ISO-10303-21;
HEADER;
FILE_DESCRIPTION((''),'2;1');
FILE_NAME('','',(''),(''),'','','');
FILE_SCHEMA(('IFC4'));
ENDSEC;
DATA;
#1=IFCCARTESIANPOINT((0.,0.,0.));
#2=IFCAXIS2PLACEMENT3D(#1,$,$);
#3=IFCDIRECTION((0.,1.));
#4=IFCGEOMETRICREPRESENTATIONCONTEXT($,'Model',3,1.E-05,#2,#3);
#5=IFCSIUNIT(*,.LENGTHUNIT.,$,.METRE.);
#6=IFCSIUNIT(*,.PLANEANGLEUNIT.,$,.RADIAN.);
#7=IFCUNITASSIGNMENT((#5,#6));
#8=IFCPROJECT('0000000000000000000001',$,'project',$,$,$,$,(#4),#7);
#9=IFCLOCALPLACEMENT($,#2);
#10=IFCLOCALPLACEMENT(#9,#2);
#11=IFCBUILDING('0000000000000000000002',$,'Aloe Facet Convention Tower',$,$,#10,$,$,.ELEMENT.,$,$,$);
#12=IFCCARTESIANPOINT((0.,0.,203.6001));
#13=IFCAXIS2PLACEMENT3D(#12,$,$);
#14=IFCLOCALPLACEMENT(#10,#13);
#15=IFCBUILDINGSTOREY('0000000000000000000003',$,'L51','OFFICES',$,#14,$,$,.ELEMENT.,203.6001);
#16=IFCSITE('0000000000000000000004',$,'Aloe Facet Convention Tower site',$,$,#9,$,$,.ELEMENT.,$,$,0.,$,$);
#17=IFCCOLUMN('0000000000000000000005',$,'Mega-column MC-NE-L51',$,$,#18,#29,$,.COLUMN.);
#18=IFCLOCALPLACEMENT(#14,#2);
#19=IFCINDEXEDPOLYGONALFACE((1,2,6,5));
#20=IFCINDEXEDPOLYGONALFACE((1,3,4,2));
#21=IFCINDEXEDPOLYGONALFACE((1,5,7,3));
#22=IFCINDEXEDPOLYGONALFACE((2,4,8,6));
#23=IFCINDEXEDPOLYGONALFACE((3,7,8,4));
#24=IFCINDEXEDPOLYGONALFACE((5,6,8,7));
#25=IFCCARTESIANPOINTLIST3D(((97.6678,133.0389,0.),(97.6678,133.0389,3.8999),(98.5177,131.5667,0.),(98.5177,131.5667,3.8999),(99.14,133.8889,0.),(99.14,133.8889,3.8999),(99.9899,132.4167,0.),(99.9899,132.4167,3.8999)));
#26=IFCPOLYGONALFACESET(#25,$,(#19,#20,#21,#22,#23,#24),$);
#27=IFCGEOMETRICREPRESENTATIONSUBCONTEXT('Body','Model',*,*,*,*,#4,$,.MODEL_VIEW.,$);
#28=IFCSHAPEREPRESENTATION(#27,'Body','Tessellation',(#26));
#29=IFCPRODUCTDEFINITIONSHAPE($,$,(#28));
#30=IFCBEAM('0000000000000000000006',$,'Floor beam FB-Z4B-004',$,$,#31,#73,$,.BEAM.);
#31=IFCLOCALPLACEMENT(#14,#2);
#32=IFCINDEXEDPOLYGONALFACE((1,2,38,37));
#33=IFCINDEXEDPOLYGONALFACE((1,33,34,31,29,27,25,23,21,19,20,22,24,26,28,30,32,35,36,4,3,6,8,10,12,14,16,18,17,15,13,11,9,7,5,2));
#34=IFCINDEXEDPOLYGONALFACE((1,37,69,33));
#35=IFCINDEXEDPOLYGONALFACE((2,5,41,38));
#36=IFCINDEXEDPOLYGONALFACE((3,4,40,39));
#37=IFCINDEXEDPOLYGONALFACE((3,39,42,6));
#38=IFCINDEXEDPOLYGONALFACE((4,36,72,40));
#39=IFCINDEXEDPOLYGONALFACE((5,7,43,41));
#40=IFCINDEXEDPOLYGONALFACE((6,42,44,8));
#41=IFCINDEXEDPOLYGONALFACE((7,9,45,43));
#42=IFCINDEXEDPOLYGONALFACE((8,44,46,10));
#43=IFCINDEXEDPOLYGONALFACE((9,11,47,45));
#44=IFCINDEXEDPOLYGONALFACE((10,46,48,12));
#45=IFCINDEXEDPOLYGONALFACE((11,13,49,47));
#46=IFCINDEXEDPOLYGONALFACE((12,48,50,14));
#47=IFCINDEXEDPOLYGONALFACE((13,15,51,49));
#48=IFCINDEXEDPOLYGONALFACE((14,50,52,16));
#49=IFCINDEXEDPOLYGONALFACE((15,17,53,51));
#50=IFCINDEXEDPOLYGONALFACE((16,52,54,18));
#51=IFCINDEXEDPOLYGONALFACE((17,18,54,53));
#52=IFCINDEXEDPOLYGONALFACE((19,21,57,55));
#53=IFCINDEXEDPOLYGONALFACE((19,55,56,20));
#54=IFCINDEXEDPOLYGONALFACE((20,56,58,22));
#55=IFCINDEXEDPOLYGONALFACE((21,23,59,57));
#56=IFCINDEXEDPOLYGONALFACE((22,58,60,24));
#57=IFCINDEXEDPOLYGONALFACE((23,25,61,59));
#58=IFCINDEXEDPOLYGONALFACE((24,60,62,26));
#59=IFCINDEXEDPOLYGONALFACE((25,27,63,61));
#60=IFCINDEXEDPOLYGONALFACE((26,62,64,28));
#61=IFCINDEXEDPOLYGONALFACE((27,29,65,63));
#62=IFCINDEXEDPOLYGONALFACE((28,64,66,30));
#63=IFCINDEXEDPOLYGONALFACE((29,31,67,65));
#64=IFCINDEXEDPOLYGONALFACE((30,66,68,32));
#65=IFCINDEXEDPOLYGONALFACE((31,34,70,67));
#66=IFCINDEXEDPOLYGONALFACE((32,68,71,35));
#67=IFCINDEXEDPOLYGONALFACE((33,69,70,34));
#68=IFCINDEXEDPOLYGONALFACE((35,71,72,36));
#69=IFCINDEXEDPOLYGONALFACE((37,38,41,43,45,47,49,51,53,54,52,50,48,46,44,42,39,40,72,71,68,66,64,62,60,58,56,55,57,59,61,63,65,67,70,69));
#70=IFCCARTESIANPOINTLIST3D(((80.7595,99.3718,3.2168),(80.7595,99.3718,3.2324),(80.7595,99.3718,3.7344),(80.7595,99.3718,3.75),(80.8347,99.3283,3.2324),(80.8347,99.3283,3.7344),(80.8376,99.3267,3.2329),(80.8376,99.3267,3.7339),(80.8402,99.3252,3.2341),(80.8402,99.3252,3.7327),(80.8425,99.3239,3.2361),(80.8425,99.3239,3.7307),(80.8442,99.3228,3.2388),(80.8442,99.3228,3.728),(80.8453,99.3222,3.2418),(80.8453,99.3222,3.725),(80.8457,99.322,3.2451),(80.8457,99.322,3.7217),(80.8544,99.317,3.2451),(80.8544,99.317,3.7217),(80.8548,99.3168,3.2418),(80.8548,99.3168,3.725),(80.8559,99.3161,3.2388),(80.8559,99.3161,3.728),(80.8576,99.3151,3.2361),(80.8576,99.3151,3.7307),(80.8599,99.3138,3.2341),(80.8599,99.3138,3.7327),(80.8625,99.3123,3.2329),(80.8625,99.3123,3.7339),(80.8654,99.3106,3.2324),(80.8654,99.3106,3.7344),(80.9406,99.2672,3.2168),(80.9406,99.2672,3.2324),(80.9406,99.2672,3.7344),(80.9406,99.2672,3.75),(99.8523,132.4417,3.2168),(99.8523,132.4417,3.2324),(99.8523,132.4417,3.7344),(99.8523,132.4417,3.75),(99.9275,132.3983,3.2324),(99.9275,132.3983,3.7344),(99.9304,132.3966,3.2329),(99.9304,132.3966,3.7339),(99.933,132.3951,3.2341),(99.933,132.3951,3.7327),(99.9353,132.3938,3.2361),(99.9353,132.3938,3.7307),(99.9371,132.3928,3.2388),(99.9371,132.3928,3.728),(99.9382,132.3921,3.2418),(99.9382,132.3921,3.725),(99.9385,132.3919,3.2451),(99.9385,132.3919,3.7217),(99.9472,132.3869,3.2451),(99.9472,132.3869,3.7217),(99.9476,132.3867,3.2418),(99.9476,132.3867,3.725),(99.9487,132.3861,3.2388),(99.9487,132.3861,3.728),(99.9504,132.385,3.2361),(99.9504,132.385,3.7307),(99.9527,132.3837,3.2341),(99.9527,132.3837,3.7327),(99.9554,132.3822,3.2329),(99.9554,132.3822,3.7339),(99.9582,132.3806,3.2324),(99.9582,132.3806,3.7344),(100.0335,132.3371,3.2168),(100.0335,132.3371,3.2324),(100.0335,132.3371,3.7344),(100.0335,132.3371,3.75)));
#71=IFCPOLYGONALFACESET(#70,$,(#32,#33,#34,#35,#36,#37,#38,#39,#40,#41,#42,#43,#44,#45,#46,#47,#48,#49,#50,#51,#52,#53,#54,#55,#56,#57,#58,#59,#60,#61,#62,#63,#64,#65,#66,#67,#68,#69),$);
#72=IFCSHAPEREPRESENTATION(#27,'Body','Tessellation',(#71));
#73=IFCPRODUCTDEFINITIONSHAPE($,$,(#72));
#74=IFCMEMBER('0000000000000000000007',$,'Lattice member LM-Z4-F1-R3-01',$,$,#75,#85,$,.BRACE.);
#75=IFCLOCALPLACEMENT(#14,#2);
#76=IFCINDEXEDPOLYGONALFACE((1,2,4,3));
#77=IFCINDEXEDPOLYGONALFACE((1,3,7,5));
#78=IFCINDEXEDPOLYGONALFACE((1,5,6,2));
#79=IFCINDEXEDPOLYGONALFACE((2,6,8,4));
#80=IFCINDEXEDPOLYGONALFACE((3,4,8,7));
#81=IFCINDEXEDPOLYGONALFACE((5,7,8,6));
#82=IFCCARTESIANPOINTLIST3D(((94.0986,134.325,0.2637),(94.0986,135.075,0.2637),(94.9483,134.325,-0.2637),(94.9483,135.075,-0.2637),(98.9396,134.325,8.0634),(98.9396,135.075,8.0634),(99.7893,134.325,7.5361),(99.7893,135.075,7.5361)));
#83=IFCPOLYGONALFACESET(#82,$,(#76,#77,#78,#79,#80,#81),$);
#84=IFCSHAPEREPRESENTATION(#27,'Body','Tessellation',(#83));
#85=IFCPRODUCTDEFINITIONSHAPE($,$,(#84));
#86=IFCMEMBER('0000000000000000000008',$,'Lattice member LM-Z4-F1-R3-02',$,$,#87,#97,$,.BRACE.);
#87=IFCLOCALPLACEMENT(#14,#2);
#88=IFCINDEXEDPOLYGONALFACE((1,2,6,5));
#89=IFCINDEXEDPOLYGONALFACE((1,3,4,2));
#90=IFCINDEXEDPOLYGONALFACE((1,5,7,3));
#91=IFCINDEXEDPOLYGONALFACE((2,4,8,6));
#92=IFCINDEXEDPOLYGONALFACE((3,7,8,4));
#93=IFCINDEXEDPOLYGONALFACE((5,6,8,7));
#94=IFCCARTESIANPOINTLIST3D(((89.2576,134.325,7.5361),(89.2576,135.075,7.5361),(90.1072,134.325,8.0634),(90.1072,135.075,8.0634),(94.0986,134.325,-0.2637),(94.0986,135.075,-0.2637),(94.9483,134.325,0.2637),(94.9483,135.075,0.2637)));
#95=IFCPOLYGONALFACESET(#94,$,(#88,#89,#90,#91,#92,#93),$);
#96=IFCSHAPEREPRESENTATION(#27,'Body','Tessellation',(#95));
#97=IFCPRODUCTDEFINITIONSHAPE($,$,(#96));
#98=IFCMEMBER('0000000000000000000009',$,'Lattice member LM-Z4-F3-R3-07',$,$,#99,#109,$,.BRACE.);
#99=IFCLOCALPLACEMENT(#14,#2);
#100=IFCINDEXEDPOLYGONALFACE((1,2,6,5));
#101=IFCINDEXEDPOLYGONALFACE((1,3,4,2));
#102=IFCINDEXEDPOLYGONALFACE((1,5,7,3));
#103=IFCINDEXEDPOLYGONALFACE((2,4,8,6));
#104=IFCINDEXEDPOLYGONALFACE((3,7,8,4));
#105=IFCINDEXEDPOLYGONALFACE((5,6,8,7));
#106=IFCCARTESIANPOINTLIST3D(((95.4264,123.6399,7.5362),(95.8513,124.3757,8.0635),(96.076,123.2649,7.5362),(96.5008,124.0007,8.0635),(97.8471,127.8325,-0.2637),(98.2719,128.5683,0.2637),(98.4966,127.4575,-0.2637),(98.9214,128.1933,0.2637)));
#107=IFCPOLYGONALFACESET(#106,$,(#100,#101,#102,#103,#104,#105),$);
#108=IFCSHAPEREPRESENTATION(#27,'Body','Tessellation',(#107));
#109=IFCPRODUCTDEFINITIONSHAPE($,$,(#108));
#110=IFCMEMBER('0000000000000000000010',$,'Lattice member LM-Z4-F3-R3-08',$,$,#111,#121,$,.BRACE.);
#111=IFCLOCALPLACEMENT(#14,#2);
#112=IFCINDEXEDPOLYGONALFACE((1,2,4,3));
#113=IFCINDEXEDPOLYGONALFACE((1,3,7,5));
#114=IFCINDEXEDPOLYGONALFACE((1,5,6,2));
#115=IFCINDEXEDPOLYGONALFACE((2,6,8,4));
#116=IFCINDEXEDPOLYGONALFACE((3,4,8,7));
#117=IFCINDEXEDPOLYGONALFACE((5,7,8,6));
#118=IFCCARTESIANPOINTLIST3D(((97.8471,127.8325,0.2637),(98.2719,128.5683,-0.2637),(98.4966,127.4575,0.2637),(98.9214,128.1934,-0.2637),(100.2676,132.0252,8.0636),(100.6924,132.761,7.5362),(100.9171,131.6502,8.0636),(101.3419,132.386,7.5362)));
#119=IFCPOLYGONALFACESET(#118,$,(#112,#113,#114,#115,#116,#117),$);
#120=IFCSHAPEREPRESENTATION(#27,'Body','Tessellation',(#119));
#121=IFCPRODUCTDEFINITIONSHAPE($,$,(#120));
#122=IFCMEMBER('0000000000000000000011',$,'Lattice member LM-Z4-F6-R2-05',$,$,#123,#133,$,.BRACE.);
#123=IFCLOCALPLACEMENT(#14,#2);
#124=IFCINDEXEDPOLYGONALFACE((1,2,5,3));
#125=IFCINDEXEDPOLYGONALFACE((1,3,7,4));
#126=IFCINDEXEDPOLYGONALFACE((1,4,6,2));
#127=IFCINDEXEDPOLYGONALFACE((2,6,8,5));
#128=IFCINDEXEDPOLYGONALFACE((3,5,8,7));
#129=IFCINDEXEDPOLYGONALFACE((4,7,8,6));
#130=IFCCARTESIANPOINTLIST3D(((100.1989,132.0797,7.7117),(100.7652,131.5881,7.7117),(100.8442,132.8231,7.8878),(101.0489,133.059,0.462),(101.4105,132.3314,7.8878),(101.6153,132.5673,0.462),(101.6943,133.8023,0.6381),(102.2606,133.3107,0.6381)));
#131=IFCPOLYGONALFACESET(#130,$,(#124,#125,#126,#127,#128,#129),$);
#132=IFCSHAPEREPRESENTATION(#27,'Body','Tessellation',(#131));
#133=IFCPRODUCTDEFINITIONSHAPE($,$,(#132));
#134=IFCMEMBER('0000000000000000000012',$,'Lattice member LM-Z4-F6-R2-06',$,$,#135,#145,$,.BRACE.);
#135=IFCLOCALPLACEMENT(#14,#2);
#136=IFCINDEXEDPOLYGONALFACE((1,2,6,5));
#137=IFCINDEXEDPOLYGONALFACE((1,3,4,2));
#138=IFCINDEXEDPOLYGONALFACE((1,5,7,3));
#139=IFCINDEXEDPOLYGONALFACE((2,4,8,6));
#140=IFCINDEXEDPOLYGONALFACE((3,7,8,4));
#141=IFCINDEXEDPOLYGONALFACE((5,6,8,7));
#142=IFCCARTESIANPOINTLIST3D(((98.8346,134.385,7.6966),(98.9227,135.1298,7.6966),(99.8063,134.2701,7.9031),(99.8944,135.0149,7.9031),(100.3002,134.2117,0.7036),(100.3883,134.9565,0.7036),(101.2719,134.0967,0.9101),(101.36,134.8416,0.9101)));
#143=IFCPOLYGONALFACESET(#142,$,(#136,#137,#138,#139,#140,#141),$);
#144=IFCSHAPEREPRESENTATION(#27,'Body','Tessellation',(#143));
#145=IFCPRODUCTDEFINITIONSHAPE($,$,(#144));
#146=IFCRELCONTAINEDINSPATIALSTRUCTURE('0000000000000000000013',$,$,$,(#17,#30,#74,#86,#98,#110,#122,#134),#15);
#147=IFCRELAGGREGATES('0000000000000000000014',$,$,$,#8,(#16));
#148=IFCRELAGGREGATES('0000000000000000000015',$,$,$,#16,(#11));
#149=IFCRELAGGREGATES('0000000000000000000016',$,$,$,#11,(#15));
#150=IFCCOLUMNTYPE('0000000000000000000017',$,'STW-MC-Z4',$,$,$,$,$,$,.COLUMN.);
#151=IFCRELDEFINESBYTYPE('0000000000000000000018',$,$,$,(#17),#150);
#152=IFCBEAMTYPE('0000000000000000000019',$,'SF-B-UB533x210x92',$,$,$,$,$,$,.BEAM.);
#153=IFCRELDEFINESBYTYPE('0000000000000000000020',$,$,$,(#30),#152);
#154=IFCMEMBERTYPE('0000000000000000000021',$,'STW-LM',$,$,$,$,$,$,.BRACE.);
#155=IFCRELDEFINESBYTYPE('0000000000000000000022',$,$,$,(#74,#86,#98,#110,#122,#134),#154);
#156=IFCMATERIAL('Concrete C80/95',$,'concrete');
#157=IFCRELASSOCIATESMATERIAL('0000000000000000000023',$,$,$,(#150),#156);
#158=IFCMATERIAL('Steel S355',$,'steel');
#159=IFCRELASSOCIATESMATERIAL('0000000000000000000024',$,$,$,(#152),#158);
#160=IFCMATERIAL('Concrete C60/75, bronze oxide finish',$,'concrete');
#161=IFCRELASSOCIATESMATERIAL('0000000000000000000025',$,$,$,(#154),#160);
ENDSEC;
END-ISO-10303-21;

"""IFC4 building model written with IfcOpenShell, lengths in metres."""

from ifc_helpers import new_model, si_unit, direction, frame, origin, origin_2d, place, context, subcontext, project, spatial, rectangle, i_section, extrude, material, material_profile, profile_set, type_object, element, save


model = new_model("IFC4")

# Units and contexts
model_context = context("Model", 3, precision=1e-05, world=origin(), true_north=direction((0.0, 1.0)))
body_context = subcontext(model_context, "Body", "Model", "MODEL_VIEW")
ifc_project = project(units=[si_unit("LENGTHUNIT", "METRE"), si_unit("PLANEANGLEUNIT", "RADIAN")], contexts=[model_context])

# Site, building, storey
site_placement = place(None, origin())
site = spatial("IfcSite", under=ifc_project, at=site_placement, Name="Aloe Facet Convention Tower site", CompositionType="ELEMENT", RefElevation=0.0)
building_placement = place(site_placement, origin())
building = spatial("IfcBuilding", under=site, at=building_placement, Name="Aloe Facet Convention Tower", CompositionType="ELEMENT")
storey_placement = place(building_placement, frame((0.0, 0.0, 203.6001)))
storey = spatial("IfcBuildingStorey", under=building, at=storey_placement, Name="L51", Description="OFFICES", CompositionType="ELEMENT", Elevation=203.6001)

# Column
ifc_material_1 = material(Name="Concrete C80/95", Category="concrete")
ifc_material_profile_1 = material_profile(ifc_material_1, rectangle(XDim=1.7, YDim=1.7, at=origin_2d()), Name="STW-MC-Z4")
ifc_profile_set_1 = profile_set([ifc_material_profile_1], Name="Concrete C80/95")
column_type = type_object("IfcColumnType", Name="STW-MC-Z4", PredefinedType="COLUMN", material=ifc_profile_set_1)
column_placement = place(storey_placement, frame((98.8289, 132.7278, 0.0), z_axis=(0.0, 0.0, 1.0), x_axis=(-0.5, 0.866025, 0.0)))
element("IfcColumn", 1, at=column_placement, inside=storey, type_object=column_type, Name="Mega-column MC-NE-L51", PredefinedType="COLUMN", context=body_context, shape_type="SweptSolid", body=[
    extrude(rectangle(XDim=1.7, YDim=1.7, at=origin_2d()), origin(), (0.0, 0.0, 1.0), 3.8999),
])

# Beam
ifc_material_2 = material(Name="Steel S355", Category="steel")
ifc_material_profile_2 = material_profile(ifc_material_2, i_section(OverallWidth=0.2092, OverallDepth=0.5332, WebThickness=0.01, FlangeThickness=0.0156, FilletRadius=0.0127, at=origin_2d()), Name="UB 533x210x92")
ifc_profile_set_2 = profile_set([ifc_material_profile_2], Name="Steel S355")
beam_type = type_object("IfcBeamType", Name="SF-B-UB533x210x92", PredefinedType="BEAM", material=ifc_profile_set_2)
beam_placement = place(storey_placement, frame((99.9429, 132.3894, 3.4834), z_axis=(-0.499998, -0.866027, 0.0), x_axis=(0.866027, -0.499998, 0.0)))
element("IfcBeam", 2, at=beam_placement, inside=storey, type_object=beam_type, Name="Floor beam FB-Z4B-004", PredefinedType="BEAM", context=body_context, shape_type="SweptSolid", body=[
    extrude(i_section(OverallWidth=0.2092, OverallDepth=0.5332, WebThickness=0.01, FlangeThickness=0.0156, FilletRadius=0.0127, at=origin_2d()), origin(), (0.0, 0.0, 1.0), 38.1858),
])

# Members
ifc_material_3 = material(Name="Concrete C60/75, bronze oxide finish", Category="concrete")
ifc_material_profile_3 = material_profile(ifc_material_3, rectangle(XDim=0.75, YDim=1.0, at=origin_2d()), Name="STW-LM")
ifc_profile_set_3 = profile_set([ifc_material_profile_3], Name="Concrete C60/75, bronze oxide finish")
member_type = type_object("IfcMemberType", Name="STW-LM", PredefinedType="BRACE", material=ifc_profile_set_3)
for number, where, z_axis, x_axis, name in (
    (3, (94.5234, 134.7, 0.0), (0.527348, 0.0, 0.84965), (0.0, 1.0, 0.0), "Lattice member LM-Z4-F1-R3-01"),
    (4, (94.5234, 134.7, 0.0), (-0.527348, 0.0, 0.84965), (0.0, -1.0, 0.0), "Lattice member LM-Z4-F1-R3-02"),
):
    element("IfcMember", number, at=place(storey_placement, frame(where, z_axis=z_axis, x_axis=x_axis)), inside=storey, type_object=member_type, Name=name, PredefinedType="BRACE", context=body_context, shape_type="SweptSolid", body=[
        extrude(rectangle(XDim=0.75, YDim=1.0, at=origin_2d()), origin(), (0.0, 0.0, 1.0), 9.1799),
    ])
for number, where, z_axis, x_axis, name in (
    (5, (98.3843, 128.0129, 0.0), (-0.263684, -0.456707, 0.849641), (0.866022, -0.500006, 0.0), "Lattice member LM-Z4-F3-R3-07"),
    (6, (98.3843, 128.0129, 0.0), (0.26366, 0.45671, 0.849647), (-0.866044, 0.499968, 0.0), "Lattice member LM-Z4-F3-R3-08"),
):
    element("IfcMember", number, at=place(storey_placement, frame(where, z_axis=z_axis, x_axis=x_axis)), inside=storey, type_object=member_type, Name=name, PredefinedType="BRACE", context=body_context, shape_type="SweptSolid", body=[
        extrude(rectangle(XDim=0.75, YDim=1.0, at=origin_2d()), origin(), (0.0, 0.0, 1.0), 9.1802),
    ])
member_1_placement = place(storey_placement, frame((101.6548, 133.1848, 0.55), z_axis=(-0.115427, -0.132963, 0.984377), x_axis=(0.755148, -0.655554, 0.0)))
element("IfcMember", 7, at=member_1_placement, inside=storey, type_object=member_type, Name="Lattice member LM-Z4-F6-R2-05", PredefinedType="BRACE", context=body_context, shape_type="SweptSolid", body=[
    extrude(rectangle(XDim=0.75, YDim=1.0, at=origin_2d()), origin(), (0.0, 0.0, 1.0), 7.3647),
])
member_2_placement = place(storey_placement, frame((100.8301, 134.5266, 0.8069), z_axis=(-0.205063, 0.024254, 0.978448), x_axis=(-0.117456, -0.993078, 0.0)))
element("IfcMember", 8, at=member_2_placement, inside=storey, type_object=member_type, Name="Lattice member LM-Z4-F6-R2-06", PredefinedType="BRACE", context=body_context, shape_type="SweptSolid", body=[
    extrude(rectangle(XDim=0.75, YDim=1.0, at=origin_2d()), origin(), (0.0, 0.0, 1.0), 7.147),
])

save(model, "model.ifc")
